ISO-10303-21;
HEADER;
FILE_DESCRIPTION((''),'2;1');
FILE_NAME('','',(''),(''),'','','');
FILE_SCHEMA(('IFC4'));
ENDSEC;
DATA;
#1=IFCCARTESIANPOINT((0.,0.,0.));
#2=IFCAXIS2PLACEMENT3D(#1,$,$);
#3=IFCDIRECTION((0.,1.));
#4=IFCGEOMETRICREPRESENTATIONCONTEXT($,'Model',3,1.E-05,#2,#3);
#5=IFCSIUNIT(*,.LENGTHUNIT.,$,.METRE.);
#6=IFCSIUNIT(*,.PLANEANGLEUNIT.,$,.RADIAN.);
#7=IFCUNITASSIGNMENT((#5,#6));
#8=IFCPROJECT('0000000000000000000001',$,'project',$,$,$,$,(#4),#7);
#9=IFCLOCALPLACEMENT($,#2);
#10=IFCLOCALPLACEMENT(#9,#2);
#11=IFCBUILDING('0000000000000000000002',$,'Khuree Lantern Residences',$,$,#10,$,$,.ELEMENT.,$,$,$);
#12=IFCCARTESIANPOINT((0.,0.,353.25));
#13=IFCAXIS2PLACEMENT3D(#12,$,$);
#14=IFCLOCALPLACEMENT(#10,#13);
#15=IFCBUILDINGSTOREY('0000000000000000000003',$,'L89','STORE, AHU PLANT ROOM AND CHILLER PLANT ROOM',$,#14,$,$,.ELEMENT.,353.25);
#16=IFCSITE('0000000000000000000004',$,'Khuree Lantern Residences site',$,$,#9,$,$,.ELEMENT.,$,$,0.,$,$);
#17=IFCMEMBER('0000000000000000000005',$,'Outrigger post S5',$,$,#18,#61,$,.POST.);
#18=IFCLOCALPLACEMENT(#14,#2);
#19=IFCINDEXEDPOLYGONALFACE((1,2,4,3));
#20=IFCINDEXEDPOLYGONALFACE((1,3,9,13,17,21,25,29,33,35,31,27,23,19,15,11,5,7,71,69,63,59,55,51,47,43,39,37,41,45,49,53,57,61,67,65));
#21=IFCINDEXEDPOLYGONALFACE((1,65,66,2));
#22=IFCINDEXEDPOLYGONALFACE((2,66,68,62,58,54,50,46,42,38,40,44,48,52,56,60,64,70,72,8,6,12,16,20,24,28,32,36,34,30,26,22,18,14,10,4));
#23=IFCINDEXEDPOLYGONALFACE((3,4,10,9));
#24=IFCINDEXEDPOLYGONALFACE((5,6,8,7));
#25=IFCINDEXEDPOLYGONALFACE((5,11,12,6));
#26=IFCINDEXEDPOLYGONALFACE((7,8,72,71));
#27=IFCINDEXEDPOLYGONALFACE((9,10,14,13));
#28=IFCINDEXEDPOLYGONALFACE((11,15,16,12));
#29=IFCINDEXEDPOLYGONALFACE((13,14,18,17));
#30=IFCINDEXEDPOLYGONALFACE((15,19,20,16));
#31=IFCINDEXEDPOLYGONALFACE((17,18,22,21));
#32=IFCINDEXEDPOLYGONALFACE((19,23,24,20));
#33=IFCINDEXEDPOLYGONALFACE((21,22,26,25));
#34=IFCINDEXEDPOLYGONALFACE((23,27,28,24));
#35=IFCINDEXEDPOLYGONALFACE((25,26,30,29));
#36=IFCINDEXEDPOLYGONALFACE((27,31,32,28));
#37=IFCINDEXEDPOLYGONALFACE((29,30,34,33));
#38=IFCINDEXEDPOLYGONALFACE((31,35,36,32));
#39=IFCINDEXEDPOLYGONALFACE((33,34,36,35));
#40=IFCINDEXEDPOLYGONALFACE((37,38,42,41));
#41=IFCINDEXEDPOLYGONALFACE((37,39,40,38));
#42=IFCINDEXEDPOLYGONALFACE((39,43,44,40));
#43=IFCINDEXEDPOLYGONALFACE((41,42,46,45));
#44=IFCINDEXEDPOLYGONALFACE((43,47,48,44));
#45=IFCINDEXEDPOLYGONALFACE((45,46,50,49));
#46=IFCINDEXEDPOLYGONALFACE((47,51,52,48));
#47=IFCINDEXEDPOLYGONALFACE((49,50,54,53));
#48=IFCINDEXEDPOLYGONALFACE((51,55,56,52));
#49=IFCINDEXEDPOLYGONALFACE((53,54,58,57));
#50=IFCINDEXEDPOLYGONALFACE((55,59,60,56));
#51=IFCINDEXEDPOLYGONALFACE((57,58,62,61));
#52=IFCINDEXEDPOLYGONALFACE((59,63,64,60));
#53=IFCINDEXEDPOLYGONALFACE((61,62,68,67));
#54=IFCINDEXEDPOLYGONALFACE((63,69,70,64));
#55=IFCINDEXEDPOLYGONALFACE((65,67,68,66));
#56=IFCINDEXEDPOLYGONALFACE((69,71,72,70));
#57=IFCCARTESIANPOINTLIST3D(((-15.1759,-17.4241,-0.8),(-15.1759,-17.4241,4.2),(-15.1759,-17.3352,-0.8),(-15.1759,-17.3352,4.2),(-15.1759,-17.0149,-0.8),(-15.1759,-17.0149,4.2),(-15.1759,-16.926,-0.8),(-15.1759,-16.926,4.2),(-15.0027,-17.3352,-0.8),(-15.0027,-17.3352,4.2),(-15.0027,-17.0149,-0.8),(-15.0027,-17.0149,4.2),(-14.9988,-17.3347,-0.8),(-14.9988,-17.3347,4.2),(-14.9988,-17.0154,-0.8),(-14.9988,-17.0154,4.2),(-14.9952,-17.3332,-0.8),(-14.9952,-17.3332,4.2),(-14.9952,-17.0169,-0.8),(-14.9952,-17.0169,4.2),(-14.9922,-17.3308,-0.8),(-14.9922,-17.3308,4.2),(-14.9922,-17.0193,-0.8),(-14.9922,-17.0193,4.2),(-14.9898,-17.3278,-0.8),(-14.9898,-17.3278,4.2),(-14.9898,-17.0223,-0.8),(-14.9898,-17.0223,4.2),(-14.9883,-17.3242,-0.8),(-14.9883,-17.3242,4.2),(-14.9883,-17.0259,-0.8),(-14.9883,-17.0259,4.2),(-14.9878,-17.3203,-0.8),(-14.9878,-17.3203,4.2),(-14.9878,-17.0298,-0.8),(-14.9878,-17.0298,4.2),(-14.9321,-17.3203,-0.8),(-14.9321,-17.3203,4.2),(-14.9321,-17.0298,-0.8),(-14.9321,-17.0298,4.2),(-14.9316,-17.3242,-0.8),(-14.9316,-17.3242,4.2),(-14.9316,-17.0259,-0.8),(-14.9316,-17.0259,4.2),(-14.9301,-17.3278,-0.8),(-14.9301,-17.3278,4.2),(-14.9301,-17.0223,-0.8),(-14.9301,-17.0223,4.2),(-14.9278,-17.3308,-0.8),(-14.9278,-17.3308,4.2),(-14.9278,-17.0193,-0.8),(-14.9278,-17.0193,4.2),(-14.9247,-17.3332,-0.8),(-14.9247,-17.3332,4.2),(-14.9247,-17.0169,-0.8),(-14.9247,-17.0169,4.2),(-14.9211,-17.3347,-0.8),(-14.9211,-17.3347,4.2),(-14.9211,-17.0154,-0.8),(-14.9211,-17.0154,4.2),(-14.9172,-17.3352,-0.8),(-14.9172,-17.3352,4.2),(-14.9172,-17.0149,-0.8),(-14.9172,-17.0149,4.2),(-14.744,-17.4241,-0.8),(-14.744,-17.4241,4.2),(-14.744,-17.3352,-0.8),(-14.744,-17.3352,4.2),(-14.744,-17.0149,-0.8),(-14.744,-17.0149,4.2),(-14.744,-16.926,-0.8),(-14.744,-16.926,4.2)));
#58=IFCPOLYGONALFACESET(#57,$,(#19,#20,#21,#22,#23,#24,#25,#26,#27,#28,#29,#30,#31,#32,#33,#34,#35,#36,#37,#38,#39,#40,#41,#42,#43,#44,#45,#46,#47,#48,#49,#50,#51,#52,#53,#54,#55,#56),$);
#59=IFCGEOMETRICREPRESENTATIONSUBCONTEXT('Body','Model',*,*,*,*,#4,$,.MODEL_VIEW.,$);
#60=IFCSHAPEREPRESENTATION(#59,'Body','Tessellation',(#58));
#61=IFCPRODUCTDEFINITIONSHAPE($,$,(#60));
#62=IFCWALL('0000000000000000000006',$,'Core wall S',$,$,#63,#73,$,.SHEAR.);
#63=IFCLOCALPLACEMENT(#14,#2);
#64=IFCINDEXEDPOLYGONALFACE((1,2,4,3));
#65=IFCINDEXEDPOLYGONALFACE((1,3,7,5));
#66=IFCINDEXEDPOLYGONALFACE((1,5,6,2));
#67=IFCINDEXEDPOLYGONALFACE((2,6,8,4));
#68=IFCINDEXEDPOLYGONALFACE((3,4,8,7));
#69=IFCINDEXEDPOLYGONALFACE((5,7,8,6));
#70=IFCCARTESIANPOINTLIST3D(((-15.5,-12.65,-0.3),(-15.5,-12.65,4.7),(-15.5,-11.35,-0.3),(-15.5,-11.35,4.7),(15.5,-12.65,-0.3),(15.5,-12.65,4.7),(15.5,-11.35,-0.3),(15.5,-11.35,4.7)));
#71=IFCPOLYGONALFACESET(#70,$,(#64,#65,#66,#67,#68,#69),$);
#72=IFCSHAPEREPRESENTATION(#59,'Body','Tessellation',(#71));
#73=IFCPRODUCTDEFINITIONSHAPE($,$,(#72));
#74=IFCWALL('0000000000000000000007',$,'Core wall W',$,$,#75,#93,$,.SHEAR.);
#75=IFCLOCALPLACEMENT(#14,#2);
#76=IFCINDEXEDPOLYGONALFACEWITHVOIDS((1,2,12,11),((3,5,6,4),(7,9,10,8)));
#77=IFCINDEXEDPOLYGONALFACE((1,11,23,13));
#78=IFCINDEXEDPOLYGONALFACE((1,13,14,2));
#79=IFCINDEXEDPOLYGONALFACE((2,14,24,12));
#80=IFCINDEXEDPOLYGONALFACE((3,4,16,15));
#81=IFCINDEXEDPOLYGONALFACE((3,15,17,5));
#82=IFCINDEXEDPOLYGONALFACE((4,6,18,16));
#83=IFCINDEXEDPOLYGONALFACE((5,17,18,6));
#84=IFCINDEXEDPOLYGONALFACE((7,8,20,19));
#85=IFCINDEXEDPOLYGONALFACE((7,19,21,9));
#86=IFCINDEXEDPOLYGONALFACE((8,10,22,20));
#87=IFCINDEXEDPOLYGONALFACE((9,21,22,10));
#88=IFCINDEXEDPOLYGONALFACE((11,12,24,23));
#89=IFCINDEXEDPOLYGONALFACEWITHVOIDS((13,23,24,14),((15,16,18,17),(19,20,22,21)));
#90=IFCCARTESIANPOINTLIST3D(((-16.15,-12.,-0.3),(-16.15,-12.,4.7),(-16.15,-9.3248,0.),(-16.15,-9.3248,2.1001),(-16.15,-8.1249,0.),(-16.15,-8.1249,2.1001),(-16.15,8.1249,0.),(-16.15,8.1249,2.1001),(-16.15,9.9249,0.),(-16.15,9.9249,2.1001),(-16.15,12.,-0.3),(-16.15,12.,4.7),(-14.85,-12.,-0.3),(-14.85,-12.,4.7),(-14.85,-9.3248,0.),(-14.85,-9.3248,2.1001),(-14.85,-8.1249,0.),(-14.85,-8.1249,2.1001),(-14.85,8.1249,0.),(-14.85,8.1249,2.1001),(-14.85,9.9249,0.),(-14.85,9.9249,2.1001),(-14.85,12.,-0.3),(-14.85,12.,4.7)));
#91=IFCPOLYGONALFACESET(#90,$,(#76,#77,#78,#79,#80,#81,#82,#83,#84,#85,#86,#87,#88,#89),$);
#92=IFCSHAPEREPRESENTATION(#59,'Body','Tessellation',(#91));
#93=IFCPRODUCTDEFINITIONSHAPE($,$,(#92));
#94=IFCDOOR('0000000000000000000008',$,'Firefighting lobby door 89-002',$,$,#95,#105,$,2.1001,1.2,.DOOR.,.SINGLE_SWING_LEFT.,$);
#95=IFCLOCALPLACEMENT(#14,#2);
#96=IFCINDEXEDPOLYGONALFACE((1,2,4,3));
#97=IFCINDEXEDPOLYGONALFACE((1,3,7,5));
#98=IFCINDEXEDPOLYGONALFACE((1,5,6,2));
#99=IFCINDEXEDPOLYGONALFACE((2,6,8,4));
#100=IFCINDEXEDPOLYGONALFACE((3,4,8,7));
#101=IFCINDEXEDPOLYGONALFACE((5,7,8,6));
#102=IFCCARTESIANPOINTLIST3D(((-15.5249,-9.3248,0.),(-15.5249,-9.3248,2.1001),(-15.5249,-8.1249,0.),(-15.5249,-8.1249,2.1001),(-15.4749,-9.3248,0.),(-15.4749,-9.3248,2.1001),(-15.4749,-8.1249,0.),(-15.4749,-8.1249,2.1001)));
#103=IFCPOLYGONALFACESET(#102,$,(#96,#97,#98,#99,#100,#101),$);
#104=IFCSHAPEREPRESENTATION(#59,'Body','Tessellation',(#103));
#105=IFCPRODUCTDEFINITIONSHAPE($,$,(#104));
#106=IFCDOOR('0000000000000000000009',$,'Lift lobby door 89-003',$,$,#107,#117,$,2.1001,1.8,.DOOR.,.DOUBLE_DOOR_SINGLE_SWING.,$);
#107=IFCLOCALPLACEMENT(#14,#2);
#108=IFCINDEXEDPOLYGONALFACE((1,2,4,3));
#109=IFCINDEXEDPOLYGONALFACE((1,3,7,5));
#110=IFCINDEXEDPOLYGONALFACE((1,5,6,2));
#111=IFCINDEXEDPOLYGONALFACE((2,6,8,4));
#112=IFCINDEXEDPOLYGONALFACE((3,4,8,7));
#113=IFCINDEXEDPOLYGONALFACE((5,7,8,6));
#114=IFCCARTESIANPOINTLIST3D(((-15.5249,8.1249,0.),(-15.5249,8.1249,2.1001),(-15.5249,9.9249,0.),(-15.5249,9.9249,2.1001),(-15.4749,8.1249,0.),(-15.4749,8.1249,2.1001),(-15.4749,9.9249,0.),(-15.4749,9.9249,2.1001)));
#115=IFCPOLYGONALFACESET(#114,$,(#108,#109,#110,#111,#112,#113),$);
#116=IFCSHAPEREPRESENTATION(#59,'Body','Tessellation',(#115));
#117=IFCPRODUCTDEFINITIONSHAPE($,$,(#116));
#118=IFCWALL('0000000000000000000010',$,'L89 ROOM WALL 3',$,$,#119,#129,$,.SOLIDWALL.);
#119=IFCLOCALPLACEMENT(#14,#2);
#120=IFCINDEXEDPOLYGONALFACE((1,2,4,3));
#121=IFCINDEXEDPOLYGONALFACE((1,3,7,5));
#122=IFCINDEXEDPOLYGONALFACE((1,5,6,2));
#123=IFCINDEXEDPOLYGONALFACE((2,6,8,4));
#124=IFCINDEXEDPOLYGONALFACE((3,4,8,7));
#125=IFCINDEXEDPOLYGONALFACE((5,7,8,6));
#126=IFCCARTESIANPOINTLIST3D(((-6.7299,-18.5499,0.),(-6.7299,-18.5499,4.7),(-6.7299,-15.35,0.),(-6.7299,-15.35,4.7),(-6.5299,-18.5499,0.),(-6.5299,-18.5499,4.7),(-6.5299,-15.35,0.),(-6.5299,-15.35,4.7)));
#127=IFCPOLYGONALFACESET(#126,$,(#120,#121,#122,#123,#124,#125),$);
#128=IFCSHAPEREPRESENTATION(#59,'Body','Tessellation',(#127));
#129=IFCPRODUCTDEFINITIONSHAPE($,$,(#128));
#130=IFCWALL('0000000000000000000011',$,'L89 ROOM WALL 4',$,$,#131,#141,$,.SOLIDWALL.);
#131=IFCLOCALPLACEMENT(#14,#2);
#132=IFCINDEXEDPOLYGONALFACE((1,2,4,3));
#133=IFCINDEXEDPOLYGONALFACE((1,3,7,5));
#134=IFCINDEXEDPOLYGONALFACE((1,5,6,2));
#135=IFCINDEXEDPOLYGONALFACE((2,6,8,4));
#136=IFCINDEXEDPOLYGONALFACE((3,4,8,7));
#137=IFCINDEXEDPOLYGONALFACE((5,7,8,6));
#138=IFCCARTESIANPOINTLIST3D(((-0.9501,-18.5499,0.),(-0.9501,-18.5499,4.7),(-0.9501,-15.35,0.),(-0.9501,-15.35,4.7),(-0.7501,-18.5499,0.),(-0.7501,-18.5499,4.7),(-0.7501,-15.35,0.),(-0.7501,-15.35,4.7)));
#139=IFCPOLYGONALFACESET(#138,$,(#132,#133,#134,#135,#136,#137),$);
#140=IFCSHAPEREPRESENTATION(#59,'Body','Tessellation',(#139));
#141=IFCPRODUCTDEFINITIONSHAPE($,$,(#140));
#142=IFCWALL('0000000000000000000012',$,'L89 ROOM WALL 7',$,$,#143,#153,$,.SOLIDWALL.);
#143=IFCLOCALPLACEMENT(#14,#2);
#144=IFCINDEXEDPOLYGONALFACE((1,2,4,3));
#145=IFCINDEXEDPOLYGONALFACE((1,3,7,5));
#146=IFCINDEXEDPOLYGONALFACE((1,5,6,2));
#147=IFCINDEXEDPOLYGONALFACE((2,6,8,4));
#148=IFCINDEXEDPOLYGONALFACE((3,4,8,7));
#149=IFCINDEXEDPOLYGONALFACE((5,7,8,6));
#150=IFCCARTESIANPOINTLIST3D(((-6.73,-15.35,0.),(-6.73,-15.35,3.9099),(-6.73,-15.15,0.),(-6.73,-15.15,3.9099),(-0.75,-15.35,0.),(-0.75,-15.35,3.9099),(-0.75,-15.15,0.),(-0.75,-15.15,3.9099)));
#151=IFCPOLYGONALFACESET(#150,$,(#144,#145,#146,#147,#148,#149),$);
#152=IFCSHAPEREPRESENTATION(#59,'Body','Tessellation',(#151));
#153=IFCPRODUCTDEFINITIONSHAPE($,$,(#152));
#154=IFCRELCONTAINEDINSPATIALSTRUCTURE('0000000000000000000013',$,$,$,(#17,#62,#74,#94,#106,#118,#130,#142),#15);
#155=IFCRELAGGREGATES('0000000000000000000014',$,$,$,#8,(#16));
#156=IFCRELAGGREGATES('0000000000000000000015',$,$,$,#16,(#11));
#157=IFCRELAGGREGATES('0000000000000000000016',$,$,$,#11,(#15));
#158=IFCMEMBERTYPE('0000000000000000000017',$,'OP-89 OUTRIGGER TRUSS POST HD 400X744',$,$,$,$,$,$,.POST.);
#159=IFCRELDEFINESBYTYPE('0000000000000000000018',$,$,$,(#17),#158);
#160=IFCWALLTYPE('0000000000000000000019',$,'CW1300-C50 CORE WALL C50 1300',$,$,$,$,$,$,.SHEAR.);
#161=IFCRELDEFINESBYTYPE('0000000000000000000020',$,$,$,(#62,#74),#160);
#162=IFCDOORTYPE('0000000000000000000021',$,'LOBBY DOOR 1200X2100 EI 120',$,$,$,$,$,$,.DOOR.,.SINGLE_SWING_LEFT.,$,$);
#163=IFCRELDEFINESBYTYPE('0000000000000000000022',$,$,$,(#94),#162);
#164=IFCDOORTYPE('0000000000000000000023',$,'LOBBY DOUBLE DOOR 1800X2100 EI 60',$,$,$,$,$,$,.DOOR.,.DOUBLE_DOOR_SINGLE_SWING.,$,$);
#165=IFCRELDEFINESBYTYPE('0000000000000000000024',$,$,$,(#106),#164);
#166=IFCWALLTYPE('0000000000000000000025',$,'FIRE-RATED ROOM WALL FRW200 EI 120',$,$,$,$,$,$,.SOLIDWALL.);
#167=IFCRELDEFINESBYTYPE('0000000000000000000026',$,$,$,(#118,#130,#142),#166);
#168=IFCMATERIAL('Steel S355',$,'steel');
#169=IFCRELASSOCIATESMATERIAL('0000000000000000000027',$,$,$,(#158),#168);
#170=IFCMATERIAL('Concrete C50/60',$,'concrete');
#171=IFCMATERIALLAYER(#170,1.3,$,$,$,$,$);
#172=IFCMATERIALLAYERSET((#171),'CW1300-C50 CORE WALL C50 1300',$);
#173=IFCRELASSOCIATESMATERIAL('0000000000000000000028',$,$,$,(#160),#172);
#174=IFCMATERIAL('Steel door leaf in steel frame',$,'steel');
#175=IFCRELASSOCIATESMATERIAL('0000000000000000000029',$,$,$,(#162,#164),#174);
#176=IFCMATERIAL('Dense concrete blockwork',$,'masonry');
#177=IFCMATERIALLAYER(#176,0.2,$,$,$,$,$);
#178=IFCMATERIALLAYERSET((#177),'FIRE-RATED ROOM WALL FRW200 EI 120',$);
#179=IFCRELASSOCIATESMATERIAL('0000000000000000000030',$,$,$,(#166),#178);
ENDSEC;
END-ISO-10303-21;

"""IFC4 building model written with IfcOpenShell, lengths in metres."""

from ifc_helpers import new_model, si_unit, direction, frame, frame_2d, origin, origin_2d, place, context, subcontext, project, spatial, rectangle, i_section, extrude, material, layer, layer_set, material_profile, profile_set, type_object, element, fill, save


model = new_model("IFC4")

# Units and contexts
model_context = context("Model", 3, precision=1e-05, world=origin(), true_north=direction((0.0, 1.0)))
body_context = subcontext(model_context, "Body", "Model", "MODEL_VIEW")
ifc_project = project(units=[si_unit("LENGTHUNIT", "METRE"), si_unit("PLANEANGLEUNIT", "RADIAN")], contexts=[model_context])

# Site, building, storey
site_placement = place(None, origin())
site = spatial("IfcSite", under=ifc_project, at=site_placement, Name="Khuree Lantern Residences site", CompositionType="ELEMENT", RefElevation=0.0)
building_placement = place(site_placement, origin())
building = spatial("IfcBuilding", under=site, at=building_placement, Name="Khuree Lantern Residences", CompositionType="ELEMENT")
storey_placement = place(building_placement, frame((0.0, 0.0, 353.25)))
storey = spatial("IfcBuildingStorey", under=building, at=storey_placement, Name="L89", Description="STORE, AHU PLANT ROOM AND CHILLER PLANT ROOM", CompositionType="ELEMENT", Elevation=353.25)

# Shared definitions
ifc_material_1 = material(Name="Concrete C50/60", Category="concrete")

# Member
ifc_material_2 = material(Name="Steel S355", Category="steel")
ifc_material_profile_1 = material_profile(ifc_material_2, i_section(OverallWidth=0.4319, OverallDepth=0.498, WebThickness=0.0557, FlangeThickness=0.0889, FilletRadius=0.0149, at=origin_2d()), Name="HD 400X744")
ifc_profile_set_1 = profile_set([ifc_material_profile_1], Name="Steel S355")
member_type_1 = type_object("IfcMemberType", Name="OP-89 OUTRIGGER TRUSS POST HD 400X744", PredefinedType="POST", material=ifc_profile_set_1)
for number, where, z_axis, x_axis, name in (
    (1, (-14.96, -17.175, -0.8), (0.0, 0.0, 1.0), (1.0, 0.0, 0.0), "Outrigger post S5"),
):
    element("IfcMember", number, at=place(storey_placement, frame(where, z_axis=z_axis, x_axis=x_axis)), inside=storey, type_object=member_type_1, Name=name, PredefinedType="POST", context=body_context, shape_type="SweptSolid", body=[
        extrude(i_section(OverallWidth=0.4319, OverallDepth=0.498, WebThickness=0.0557, FlangeThickness=0.0889, FilletRadius=0.0149, at=origin_2d()), origin(), (0.0, 0.0, 1.0), 5.0),
    ])

# Wall
ifc_layer_1 = layer(ifc_material_1, 1.3)
ifc_layer_set_1 = layer_set([ifc_layer_1], Name="CW1300-C50 CORE WALL C50 1300")
wall_type_1 = type_object("IfcWallType", Name="CW1300-C50 CORE WALL C50 1300", PredefinedType="SHEAR", material=ifc_layer_set_1)
wall_1_placement = place(storey_placement, frame((-15.5, -12.0, -0.3), z_axis=(0.0, 0.0, 1.0), x_axis=(1.0, 0.0, 0.0)))
element("IfcWall", 2, at=wall_1_placement, inside=storey, type_object=wall_type_1, Name="Core wall S", PredefinedType="SHEAR", context=body_context, shape_type="SweptSolid", body=[
    extrude(rectangle(XDim=31.0, YDim=1.3, at=frame_2d((15.5, 0.0))), origin(), (0.0, 0.0, 1.0), 5.0),
])

# Wall, openings, doors
wall_2_placement = place(storey_placement, frame((-15.5, -12.0, -0.3), z_axis=(0.0, 0.0, 1.0), x_axis=(0.0, 1.0, 0.0)))
wall_2 = element("IfcWall", 3, at=wall_2_placement, inside=storey, type_object=wall_type_1, Name="Core wall W", PredefinedType="SHEAR", context=body_context, shape_type="SweptSolid", body=[
    extrude(rectangle(XDim=24.0, YDim=1.3, at=frame_2d((12.0, 0.0))), origin(), (0.0, 0.0, 1.0), 5.0),
])
opening_1_placement = place(wall_2_placement, frame((2.675, 0.0, 0.3)))
opening_1 = element("IfcOpeningElement", 4, at=opening_1_placement, cuts=wall_2, PredefinedType="OPENING", context=body_context, shape_type="SweptSolid", body=[
    extrude(rectangle(XDim=1.2, YDim=2.1001, at=frame_2d((0.6001, 1.05))), frame((0.0, 0.6602, 0.0), z_axis=(0.0, -1.0, 0.0), x_axis=(1.0, 0.0, 0.0)), (0.0, 0.0, 1.0), 1.3201),
])
opening_2_placement = place(wall_2_placement, frame((20.125, 0.0, 0.3)))
opening_2 = element("IfcOpeningElement", 5, at=opening_2_placement, cuts=wall_2, PredefinedType="OPENING", context=body_context, shape_type="SweptSolid", body=[
    extrude(rectangle(XDim=1.8, YDim=2.1001, at=frame_2d((0.8999, 1.05))), frame((0.0, 0.6602, 0.0), z_axis=(0.0, -1.0, 0.0), x_axis=(1.0, 0.0, 0.0)), (0.0, 0.0, 1.0), 1.3201),
])
ifc_material_3 = material(Name="Steel door leaf in steel frame", Category="steel")
door_type_1 = type_object("IfcDoorType", Name="LOBBY DOOR 1200X2100 EI 120", OperationType="SINGLE_SWING_LEFT", PredefinedType="DOOR", material=ifc_material_3)
door_1_placement = place(opening_1_placement, origin())
door_1 = element("IfcDoor", 6, at=door_1_placement, inside=storey, type_object=door_type_1, Name="Firefighting lobby door 89-002", OperationType="SINGLE_SWING_LEFT", OverallHeight=2.1001, OverallWidth=1.2, PredefinedType="DOOR", context=body_context, shape_type="SweptSolid", body=[
    extrude(rectangle(XDim=1.2, YDim=2.1001, at=frame_2d((0.6001, 1.05))), frame((0.0, 0.0249, 0.0), z_axis=(0.0, -1.0, 0.0), x_axis=(1.0, 0.0, 0.0)), (0.0, 0.0, 1.0), 0.05),
])
fill(opening_1, door_1)
door_type_2 = type_object("IfcDoorType", Name="LOBBY DOUBLE DOOR 1800X2100 EI 60", OperationType="DOUBLE_DOOR_SINGLE_SWING", PredefinedType="DOOR", material=ifc_material_3)
door_2_placement = place(opening_2_placement, origin())
door_2 = element("IfcDoor", 7, at=door_2_placement, inside=storey, type_object=door_type_2, Name="Lift lobby door 89-003", OperationType="DOUBLE_DOOR_SINGLE_SWING", OverallHeight=2.1001, OverallWidth=1.8, PredefinedType="DOOR", context=body_context, shape_type="SweptSolid", body=[
    extrude(rectangle(XDim=1.8, YDim=2.1001, at=frame_2d((0.8999, 1.05))), frame((0.0, 0.0249, 0.0), z_axis=(0.0, -1.0, 0.0), x_axis=(1.0, 0.0, 0.0)), (0.0, 0.0, 1.0), 0.05),
])
fill(opening_2, door_2)

# Shared definitions
ifc_material_4 = material(Name="Dense concrete blockwork", Category="masonry")
ifc_layer_2 = layer(ifc_material_4, 0.2)
ifc_layer_set_2 = layer_set([ifc_layer_2], Name="FIRE-RATED ROOM WALL FRW200 EI 120")
wall_type_2 = type_object("IfcWallType", Name="FIRE-RATED ROOM WALL FRW200 EI 120", PredefinedType="SOLIDWALL", material=ifc_layer_set_2)

# Walls
for number, where, z_axis, x_axis, name in (
    (8, (-6.6299, -18.55, 0.0), (0.0, 0.0, 1.0), (0.0, 1.0, 0.0), "L89 ROOM WALL 3"),
    (9, (-0.8501, -18.55, 0.0), (0.0, 0.0, 1.0), (0.0, 1.0, 0.0), "L89 ROOM WALL 4"),
):
    element("IfcWall", number, at=place(storey_placement, frame(where, z_axis=z_axis, x_axis=x_axis)), inside=storey, type_object=wall_type_2, Name=name, PredefinedType="SOLIDWALL", context=body_context, shape_type="SweptSolid", body=[
        extrude(rectangle(XDim=3.2, YDim=0.2, at=frame_2d((1.6001, 0.0))), origin(), (0.0, 0.0, 1.0), 4.7),
    ])
wall_3_placement = place(storey_placement, frame((-6.73, -15.25, 0.0), z_axis=(0.0, 0.0, 1.0), x_axis=(1.0, 0.0, 0.0)))
element("IfcWall", 10, at=wall_3_placement, inside=storey, type_object=wall_type_2, Name="L89 ROOM WALL 7", PredefinedType="SOLIDWALL", context=body_context, shape_type="SweptSolid", body=[
    extrude(rectangle(XDim=5.98, YDim=0.2, at=frame_2d((2.99, 0.0))), origin(), (0.0, 0.0, 1.0), 3.9099),
])

save(model, "model.ifc")
